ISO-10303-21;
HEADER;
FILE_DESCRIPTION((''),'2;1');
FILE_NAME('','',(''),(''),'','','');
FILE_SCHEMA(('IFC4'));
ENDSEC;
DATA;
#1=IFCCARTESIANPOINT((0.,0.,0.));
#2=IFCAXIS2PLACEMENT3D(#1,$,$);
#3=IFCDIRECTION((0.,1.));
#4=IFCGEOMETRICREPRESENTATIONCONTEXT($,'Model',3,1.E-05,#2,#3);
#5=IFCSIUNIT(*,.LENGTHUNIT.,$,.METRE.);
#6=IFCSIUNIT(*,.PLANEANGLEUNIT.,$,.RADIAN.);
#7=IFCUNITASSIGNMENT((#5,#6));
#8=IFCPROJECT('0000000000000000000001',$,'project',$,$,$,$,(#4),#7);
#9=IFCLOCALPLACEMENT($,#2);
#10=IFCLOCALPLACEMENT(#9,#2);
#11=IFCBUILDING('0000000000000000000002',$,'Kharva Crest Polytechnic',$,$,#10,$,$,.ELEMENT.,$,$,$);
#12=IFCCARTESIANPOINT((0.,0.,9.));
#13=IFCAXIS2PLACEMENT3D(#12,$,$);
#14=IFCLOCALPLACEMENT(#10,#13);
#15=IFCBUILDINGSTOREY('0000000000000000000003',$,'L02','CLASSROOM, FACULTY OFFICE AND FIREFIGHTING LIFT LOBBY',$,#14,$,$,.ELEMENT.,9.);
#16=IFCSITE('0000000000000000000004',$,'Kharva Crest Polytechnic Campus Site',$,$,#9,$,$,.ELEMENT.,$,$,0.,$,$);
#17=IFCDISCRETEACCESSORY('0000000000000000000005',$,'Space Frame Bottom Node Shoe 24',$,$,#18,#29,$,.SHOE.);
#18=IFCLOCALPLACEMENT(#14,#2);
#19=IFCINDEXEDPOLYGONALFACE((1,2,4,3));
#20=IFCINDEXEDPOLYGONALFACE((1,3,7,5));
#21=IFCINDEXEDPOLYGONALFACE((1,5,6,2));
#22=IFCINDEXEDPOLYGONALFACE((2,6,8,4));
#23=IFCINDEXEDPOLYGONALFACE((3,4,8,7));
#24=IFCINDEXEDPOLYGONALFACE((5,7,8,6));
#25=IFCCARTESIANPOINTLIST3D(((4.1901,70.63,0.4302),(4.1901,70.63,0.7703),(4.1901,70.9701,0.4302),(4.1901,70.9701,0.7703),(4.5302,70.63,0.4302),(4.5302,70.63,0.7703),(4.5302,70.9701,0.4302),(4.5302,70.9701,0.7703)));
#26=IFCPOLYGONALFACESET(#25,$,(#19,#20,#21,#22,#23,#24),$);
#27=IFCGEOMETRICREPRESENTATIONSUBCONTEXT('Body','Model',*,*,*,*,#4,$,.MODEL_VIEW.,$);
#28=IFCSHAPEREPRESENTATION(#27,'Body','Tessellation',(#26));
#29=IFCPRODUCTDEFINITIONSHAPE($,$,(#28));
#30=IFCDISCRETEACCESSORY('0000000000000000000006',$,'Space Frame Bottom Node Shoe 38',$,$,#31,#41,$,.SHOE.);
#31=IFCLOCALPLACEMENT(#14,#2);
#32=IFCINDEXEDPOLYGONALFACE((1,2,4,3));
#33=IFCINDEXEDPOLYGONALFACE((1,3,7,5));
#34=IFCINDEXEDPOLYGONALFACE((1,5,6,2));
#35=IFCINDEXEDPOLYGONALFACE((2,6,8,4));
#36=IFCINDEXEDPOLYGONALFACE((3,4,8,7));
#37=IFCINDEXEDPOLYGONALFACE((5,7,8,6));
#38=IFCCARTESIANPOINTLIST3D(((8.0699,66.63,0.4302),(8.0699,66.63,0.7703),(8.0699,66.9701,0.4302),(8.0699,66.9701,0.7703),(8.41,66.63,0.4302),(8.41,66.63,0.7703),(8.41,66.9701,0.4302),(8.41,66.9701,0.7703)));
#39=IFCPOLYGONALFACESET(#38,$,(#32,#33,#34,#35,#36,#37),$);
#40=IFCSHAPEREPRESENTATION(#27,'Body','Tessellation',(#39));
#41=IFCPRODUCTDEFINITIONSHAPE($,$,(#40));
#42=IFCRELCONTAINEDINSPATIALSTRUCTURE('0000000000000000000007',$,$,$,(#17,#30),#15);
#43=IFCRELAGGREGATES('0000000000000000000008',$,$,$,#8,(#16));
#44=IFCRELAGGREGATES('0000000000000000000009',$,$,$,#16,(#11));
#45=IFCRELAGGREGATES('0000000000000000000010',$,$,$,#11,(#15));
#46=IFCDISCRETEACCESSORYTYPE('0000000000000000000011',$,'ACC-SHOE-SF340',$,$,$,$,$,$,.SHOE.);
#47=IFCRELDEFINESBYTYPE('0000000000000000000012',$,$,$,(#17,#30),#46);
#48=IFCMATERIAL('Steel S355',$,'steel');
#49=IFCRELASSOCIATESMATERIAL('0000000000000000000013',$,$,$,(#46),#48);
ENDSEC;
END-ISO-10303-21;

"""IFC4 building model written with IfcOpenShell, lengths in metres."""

from ifc_helpers import new_model, si_unit, direction, frame, origin, origin_2d, place, context, subcontext, project, spatial, rectangle, extrude, material, type_object, element, save


model = new_model("IFC4")

# Units and contexts
model_context = context("Model", 3, precision=1e-05, world=origin(), true_north=direction((0.0, 1.0)))
body_context = subcontext(model_context, "Body", "Model", "MODEL_VIEW")
ifc_project = project(units=[si_unit("LENGTHUNIT", "METRE"), si_unit("PLANEANGLEUNIT", "RADIAN")], contexts=[model_context])

# Site, building, storey
site_placement = place(None, origin())
site = spatial("IfcSite", under=ifc_project, at=site_placement, Name="Kharva Crest Polytechnic Campus Site", CompositionType="ELEMENT", RefElevation=0.0)
building_placement = place(site_placement, origin())
building = spatial("IfcBuilding", under=site, at=building_placement, Name="Kharva Crest Polytechnic", CompositionType="ELEMENT")
storey_placement = place(building_placement, frame((0.0, 0.0, 9.0)))
storey = spatial("IfcBuildingStorey", under=building, at=storey_placement, Name="L02", Description="CLASSROOM, FACULTY OFFICE AND FIREFIGHTING LIFT LOBBY", CompositionType="ELEMENT", Elevation=9.0)

# Shared definitions
ifc_material_1 = material(Name="Steel S355", Category="steel")

# Discrete accessories
discrete_accessory_type_1 = type_object("IfcDiscreteAccessoryType", Name="ACC-SHOE-SF340", PredefinedType="SHOE", material=ifc_material_1)
for number, where, z_axis, x_axis, name in (
    (1, (4.3601, 70.8, 0.4302), (0.0, 0.0, 1.0), (1.0, 0.0, 0.0), "Space Frame Bottom Node Shoe 24"),
    (2, (8.24, 66.8, 0.4302), (0.0, 0.0, 1.0), (1.0, 0.0, 0.0), "Space Frame Bottom Node Shoe 38"),
):
    element("IfcDiscreteAccessory", number, at=place(storey_placement, frame(where, z_axis=z_axis, x_axis=x_axis)), inside=storey, type_object=discrete_accessory_type_1, Name=name, PredefinedType="SHOE", context=body_context, shape_type="SweptSolid", body=[
        extrude(rectangle(XDim=0.3401, YDim=0.3401, at=origin_2d()), origin(), (0.0, 0.0, 1.0), 0.3401),
    ])

save(model, "model.ifc")
